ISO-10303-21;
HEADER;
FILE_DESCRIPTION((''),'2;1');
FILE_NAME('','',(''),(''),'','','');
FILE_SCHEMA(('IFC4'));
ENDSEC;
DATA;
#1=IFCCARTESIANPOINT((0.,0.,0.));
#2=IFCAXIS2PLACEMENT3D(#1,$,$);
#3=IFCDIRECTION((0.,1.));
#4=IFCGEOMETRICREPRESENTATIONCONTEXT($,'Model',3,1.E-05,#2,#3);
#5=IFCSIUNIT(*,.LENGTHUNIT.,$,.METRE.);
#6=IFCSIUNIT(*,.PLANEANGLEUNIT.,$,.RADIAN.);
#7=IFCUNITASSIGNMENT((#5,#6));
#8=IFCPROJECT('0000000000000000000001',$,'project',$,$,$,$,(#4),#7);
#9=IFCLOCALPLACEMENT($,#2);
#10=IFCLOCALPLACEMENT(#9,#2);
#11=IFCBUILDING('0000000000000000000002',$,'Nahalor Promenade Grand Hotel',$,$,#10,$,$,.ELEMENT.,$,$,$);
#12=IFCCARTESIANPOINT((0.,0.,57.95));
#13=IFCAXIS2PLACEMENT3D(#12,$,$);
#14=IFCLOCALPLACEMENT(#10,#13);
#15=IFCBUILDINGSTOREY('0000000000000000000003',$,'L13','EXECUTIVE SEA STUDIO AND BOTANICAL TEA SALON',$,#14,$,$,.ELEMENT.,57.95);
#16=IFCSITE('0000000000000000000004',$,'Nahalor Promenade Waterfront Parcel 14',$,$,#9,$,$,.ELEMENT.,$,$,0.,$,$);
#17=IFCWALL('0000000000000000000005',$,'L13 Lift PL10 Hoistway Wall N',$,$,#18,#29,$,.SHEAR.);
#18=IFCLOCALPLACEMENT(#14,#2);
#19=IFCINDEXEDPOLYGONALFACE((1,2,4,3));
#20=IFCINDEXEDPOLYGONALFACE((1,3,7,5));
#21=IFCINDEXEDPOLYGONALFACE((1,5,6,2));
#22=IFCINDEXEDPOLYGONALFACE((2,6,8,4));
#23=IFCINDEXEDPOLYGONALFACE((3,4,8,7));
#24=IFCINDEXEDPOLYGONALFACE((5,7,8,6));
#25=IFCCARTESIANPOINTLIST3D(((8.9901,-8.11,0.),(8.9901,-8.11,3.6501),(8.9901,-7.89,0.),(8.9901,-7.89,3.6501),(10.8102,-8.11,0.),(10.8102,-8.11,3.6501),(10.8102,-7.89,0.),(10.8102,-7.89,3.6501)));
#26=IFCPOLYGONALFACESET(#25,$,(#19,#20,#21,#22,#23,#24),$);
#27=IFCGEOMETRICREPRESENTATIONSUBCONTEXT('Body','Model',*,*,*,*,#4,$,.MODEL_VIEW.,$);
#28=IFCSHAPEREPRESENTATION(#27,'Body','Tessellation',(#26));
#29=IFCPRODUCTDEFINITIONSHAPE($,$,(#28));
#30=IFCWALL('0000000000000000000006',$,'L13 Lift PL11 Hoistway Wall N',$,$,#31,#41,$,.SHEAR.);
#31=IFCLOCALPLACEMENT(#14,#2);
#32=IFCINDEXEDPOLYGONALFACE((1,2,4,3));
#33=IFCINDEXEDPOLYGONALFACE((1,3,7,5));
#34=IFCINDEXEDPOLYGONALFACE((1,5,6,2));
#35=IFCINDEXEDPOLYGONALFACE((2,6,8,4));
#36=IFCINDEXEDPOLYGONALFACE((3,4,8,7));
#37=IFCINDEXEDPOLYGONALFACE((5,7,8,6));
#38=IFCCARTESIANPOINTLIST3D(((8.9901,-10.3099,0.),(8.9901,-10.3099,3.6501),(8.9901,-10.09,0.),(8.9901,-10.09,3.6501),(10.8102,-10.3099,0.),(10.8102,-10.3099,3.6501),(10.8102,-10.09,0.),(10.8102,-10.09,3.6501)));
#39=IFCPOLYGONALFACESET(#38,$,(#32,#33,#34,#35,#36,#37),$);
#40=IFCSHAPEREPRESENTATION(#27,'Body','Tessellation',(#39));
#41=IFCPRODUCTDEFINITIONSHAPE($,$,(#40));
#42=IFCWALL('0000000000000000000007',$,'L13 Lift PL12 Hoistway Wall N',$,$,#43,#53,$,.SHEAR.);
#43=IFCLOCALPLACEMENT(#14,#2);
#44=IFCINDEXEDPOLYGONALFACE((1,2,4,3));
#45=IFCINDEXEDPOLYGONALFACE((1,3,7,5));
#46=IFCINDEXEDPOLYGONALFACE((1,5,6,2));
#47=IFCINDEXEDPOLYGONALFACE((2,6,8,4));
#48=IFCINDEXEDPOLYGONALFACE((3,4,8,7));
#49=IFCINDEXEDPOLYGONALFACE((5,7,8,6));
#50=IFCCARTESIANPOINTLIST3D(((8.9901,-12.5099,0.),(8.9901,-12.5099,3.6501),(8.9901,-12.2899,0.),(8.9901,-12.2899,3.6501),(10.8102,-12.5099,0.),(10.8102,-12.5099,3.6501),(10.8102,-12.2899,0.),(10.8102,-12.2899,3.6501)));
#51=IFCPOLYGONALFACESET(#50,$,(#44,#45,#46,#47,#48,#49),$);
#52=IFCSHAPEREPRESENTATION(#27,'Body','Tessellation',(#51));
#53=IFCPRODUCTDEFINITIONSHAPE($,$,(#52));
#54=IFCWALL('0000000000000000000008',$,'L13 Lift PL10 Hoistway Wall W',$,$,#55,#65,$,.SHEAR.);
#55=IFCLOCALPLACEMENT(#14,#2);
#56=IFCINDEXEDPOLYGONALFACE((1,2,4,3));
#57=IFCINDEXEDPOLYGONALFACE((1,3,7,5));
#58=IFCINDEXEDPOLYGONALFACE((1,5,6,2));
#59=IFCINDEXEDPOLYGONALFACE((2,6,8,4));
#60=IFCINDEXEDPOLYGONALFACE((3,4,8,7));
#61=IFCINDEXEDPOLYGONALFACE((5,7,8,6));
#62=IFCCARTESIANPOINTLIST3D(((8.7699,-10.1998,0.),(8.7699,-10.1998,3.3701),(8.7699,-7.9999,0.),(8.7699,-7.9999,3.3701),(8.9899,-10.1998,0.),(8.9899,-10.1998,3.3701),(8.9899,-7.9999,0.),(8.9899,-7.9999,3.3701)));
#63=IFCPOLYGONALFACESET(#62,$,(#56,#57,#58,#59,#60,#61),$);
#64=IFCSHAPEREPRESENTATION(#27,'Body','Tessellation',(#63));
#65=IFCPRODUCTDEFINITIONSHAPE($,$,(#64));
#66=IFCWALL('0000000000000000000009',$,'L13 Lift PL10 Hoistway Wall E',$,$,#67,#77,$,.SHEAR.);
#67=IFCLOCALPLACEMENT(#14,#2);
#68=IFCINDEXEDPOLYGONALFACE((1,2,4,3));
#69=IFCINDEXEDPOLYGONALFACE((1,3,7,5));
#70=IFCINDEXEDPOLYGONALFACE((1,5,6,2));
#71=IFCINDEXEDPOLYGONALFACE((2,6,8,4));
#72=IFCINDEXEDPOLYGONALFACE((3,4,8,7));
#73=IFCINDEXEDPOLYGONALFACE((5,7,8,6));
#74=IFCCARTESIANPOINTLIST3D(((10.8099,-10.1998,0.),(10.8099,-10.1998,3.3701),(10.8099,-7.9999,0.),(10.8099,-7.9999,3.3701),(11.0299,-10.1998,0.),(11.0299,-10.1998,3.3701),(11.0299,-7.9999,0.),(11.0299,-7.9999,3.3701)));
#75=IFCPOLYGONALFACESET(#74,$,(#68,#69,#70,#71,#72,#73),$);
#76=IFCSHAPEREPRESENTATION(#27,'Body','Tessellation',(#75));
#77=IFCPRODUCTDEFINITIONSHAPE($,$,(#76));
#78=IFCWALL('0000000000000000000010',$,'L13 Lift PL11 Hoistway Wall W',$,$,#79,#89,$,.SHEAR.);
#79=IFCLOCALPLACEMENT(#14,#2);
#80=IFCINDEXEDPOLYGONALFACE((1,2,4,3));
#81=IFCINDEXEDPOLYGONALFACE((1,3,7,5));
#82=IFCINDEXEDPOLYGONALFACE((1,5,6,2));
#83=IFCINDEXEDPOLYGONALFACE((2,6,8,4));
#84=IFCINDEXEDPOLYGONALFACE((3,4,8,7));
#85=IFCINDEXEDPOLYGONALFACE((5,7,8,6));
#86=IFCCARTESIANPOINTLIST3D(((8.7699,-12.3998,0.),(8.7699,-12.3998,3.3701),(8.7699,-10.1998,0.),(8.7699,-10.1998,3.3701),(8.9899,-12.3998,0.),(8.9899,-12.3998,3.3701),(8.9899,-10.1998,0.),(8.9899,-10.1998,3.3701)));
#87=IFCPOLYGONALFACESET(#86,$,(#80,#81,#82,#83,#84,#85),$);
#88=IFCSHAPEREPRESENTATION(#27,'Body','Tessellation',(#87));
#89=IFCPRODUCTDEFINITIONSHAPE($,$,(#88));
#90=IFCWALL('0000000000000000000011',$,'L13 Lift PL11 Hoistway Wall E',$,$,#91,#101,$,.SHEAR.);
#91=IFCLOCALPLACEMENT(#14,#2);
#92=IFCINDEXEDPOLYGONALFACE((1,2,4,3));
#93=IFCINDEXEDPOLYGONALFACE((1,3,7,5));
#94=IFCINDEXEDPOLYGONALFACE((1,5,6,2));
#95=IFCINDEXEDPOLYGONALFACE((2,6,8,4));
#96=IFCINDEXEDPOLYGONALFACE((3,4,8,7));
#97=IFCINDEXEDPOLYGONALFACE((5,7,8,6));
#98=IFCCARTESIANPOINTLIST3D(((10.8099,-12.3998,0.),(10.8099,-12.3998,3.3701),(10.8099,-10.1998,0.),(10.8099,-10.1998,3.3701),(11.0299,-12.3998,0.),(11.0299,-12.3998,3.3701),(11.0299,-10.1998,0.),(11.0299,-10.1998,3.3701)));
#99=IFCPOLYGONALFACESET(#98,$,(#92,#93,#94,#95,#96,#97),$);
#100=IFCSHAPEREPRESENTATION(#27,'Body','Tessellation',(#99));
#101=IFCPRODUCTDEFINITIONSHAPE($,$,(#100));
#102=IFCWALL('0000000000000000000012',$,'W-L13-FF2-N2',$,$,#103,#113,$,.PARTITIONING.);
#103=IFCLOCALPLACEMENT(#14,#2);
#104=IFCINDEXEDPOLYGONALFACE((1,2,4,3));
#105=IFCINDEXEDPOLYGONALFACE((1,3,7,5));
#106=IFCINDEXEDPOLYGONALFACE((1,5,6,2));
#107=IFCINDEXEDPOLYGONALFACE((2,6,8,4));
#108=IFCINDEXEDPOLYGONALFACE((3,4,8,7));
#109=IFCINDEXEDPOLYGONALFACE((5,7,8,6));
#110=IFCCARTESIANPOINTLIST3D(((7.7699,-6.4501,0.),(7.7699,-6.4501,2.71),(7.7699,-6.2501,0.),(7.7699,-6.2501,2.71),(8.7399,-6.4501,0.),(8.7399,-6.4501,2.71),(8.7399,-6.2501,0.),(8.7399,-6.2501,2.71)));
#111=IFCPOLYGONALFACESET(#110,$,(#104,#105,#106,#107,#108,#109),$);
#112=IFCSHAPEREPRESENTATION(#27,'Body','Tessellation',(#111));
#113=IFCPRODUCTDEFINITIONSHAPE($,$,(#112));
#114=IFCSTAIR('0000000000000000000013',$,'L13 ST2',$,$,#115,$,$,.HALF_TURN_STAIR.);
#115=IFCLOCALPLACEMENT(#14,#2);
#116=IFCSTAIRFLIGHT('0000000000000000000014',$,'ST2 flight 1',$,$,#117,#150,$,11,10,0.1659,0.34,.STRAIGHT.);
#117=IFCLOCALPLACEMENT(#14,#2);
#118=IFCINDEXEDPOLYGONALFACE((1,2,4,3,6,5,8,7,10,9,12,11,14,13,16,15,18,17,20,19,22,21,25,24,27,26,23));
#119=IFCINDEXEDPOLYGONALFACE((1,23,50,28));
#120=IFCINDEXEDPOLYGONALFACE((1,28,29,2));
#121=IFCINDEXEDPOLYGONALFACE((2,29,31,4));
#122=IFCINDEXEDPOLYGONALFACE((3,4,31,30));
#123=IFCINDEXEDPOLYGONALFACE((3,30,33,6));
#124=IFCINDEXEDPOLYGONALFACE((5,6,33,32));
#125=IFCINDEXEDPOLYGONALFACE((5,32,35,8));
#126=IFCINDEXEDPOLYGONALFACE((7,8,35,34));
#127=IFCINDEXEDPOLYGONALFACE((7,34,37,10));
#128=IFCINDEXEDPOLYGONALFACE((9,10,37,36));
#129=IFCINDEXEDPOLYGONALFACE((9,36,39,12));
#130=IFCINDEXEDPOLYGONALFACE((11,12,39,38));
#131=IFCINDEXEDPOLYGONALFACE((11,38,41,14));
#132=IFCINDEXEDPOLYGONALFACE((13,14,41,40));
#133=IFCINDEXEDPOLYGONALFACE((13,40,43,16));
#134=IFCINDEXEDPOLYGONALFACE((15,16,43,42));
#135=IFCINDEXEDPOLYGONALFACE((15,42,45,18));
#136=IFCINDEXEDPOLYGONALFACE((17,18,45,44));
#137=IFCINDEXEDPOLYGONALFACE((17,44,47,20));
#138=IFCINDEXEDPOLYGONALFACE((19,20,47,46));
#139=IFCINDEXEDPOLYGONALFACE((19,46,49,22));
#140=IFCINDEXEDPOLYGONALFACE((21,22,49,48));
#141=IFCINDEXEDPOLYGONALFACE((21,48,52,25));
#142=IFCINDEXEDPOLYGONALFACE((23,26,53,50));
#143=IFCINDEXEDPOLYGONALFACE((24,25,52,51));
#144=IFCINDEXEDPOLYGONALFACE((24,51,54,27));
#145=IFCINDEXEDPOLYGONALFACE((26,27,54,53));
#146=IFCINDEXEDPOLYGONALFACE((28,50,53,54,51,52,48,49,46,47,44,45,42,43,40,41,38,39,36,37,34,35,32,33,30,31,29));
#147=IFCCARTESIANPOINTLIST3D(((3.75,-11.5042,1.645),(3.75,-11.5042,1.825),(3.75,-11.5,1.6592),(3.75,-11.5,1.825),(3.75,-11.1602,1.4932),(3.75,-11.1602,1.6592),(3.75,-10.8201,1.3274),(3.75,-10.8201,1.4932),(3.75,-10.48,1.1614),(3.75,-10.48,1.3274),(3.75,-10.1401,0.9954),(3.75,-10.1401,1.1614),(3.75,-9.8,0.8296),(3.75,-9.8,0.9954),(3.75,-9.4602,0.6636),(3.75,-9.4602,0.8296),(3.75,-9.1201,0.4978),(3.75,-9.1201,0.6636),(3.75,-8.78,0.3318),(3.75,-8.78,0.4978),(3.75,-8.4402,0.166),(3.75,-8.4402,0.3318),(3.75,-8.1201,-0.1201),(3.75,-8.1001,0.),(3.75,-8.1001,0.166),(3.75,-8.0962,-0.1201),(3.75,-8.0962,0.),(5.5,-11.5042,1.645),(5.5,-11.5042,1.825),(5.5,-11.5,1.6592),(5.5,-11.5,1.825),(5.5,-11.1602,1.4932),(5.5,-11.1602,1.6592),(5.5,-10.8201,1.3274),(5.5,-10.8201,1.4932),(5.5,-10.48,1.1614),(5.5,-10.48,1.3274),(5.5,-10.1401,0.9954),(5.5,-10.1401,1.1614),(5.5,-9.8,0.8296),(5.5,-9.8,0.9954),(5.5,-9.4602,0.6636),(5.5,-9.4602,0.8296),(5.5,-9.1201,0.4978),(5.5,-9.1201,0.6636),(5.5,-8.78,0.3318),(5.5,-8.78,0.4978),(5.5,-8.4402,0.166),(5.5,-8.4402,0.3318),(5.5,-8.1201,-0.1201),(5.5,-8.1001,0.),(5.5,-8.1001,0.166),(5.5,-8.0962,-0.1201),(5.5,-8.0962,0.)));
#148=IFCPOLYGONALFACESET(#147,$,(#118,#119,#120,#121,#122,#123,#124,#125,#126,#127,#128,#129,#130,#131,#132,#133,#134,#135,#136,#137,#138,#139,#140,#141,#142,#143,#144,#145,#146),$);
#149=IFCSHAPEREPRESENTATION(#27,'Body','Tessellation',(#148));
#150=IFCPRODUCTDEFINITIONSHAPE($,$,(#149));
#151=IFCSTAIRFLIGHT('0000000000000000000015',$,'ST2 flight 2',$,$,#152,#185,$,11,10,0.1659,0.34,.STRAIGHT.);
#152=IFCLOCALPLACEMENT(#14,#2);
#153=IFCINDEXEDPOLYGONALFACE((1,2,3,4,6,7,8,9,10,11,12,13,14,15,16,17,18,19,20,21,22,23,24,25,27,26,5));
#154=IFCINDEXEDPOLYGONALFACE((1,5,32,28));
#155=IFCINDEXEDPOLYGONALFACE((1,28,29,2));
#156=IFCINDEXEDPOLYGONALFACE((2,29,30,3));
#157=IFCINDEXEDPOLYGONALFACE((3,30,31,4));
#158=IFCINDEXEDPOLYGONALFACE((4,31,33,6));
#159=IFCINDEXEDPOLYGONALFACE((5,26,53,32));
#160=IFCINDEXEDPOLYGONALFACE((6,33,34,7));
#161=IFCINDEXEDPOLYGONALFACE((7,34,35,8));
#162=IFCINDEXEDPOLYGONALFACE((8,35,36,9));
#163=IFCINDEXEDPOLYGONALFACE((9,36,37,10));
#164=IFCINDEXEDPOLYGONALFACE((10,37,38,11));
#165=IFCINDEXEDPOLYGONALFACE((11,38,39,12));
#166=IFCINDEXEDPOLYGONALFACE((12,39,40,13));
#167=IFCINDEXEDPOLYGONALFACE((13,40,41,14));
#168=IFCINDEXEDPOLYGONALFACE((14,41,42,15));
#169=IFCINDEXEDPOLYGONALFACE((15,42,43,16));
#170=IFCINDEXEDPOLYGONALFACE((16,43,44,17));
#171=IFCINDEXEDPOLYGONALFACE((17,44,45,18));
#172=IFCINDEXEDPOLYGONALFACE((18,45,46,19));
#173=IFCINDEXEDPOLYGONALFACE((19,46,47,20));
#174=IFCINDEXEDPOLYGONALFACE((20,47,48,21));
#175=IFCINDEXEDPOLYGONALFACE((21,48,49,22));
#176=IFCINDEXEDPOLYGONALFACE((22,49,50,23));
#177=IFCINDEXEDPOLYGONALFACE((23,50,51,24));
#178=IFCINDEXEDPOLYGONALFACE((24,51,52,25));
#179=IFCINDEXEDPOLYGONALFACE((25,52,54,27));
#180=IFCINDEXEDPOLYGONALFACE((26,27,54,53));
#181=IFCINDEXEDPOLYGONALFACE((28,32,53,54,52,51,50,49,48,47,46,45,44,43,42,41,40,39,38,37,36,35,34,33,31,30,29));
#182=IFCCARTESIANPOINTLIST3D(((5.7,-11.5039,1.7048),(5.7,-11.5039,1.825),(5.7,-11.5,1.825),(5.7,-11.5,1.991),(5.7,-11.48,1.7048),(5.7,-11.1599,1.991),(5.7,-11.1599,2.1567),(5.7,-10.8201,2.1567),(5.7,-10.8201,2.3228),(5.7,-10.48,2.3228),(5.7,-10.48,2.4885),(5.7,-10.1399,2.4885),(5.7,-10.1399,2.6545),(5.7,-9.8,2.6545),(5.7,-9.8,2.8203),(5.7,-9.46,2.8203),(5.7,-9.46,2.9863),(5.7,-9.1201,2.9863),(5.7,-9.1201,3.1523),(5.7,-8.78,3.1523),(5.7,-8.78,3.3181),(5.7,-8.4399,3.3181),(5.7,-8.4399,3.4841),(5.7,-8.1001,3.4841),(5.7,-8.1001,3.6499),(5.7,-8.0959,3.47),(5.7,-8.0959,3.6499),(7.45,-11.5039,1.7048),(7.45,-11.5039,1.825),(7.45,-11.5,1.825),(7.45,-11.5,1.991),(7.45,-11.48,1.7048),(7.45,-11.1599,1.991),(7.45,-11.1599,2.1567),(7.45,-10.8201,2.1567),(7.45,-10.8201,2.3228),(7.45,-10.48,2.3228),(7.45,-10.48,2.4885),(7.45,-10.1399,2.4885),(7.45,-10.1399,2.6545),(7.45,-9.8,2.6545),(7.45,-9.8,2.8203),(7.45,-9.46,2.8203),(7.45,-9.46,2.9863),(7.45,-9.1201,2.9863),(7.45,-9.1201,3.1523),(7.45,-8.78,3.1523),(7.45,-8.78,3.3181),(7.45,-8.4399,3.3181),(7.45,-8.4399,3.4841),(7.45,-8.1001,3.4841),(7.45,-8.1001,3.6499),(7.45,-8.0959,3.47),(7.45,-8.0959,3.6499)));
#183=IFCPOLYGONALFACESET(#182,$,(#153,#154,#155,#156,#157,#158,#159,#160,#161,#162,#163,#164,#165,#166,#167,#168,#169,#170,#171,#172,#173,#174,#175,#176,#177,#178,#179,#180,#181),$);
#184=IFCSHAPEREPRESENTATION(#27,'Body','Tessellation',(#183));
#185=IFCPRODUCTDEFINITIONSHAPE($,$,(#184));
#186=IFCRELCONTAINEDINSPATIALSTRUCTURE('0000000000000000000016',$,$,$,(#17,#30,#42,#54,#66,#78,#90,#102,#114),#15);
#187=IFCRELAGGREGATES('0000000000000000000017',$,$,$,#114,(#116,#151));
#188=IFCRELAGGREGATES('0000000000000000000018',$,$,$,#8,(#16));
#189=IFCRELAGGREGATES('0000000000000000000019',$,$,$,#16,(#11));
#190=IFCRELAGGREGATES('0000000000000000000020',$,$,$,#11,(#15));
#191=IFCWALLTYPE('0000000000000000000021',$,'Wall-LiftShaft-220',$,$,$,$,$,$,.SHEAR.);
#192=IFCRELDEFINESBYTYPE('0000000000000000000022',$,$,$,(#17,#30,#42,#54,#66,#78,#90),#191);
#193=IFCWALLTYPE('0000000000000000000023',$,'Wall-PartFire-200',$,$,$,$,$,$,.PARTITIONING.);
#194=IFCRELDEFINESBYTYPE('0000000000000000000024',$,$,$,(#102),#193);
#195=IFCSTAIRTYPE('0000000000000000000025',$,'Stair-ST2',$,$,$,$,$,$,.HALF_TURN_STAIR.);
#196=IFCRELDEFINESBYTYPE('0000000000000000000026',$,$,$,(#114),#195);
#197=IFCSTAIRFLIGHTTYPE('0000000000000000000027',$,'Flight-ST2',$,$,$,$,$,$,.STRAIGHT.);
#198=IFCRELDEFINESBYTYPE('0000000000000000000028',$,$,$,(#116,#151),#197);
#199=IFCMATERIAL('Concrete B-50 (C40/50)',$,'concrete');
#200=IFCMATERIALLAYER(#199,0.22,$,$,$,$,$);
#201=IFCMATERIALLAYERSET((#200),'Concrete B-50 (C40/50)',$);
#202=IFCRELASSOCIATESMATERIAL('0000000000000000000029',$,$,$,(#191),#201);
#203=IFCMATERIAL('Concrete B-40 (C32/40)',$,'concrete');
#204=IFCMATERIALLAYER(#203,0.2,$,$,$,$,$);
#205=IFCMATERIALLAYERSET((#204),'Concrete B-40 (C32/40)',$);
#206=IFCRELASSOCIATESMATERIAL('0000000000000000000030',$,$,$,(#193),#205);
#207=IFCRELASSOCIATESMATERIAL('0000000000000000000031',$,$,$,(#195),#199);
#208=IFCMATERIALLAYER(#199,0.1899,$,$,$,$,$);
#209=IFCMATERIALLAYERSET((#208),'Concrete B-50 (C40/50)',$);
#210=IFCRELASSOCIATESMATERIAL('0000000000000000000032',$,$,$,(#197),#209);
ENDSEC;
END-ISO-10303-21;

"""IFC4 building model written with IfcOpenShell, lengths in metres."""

from ifc_helpers import new_model, si_unit, direction, frame, frame_2d, origin, place, context, subcontext, project, spatial, polyline, rectangle, outline, extrude, source, transform, mapped, material, layer, layer_set, type_object, element, aggregate, save


model = new_model("IFC4")

# Units and contexts
model_context = context("Model", 3, precision=1e-05, world=origin(), true_north=direction((0.0, 1.0)))
body_context = subcontext(model_context, "Body", "Model", "MODEL_VIEW")
ifc_project = project(units=[si_unit("LENGTHUNIT", "METRE"), si_unit("PLANEANGLEUNIT", "RADIAN")], contexts=[model_context])

# Site, building, storey
site_placement = place(None, origin())
site = spatial("IfcSite", under=ifc_project, at=site_placement, Name="Nahalor Promenade Waterfront Parcel 14", CompositionType="ELEMENT", RefElevation=0.0)
building_placement = place(site_placement, origin())
building = spatial("IfcBuilding", under=site, at=building_placement, Name="Nahalor Promenade Grand Hotel", CompositionType="ELEMENT")
storey_placement = place(building_placement, frame((0.0, 0.0, 57.95)))
storey = spatial("IfcBuildingStorey", under=building, at=storey_placement, Name="L13", Description="EXECUTIVE SEA STUDIO AND BOTANICAL TEA SALON", CompositionType="ELEMENT", Elevation=57.95)

# Walls
ifc_material_1 = material(Name="Concrete B-50 (C40/50)", Category="concrete")
ifc_layer_1 = layer(ifc_material_1, 0.22)
ifc_layer_set_1 = layer_set([ifc_layer_1], Name="Concrete B-50 (C40/50)")
wall_type_1 = type_object("IfcWallType", Name="Wall-LiftShaft-220", PredefinedType="SHEAR", material=ifc_layer_set_1)
shared_shape_1 = source(origin(), body_context, "Body", "SweptSolid", [
    extrude(rectangle(XDim=1.8201, YDim=0.22, at=frame_2d((0.9102, 0.0))), origin(), (0.0, 0.0, 1.0), 3.6501),
])
for number, where, z_axis, x_axis, name in (
    (1, (8.99, -8.0, 0.0), (0.0, 0.0, 1.0), (1.0, 0.0, 0.0), "L13 Lift PL10 Hoistway Wall N"),
    (2, (8.99, -10.2, 0.0), (0.0, 0.0, 1.0), (1.0, 0.0, 0.0), "L13 Lift PL11 Hoistway Wall N"),
    (3, (8.99, -12.3999, 0.0), (0.0, 0.0, 1.0), (1.0, 0.0, 0.0), "L13 Lift PL12 Hoistway Wall N"),
):
    element("IfcWall", number, at=place(storey_placement, frame(where, z_axis=z_axis, x_axis=x_axis)), inside=storey, type_object=wall_type_1, Name=name, PredefinedType="SHEAR", context=body_context, shape_type="MappedRepresentation", body=[
        mapped(shared_shape_1, transform((0.0, 0.0, 0.0), scale=1.0)),
    ])
shared_shape_2 = source(origin(), body_context, "Body", "SweptSolid", [
    extrude(rectangle(XDim=2.2, YDim=0.22, at=frame_2d((1.1001, 0.0))), origin(), (0.0, 0.0, 1.0), 3.3701),
])
for number, where, z_axis, x_axis, name in (
    (4, (8.8799, -10.2, 0.0), (0.0, 0.0, 1.0), (0.0, 1.0, 0.0), "L13 Lift PL10 Hoistway Wall W"),
    (5, (10.9199, -10.2, 0.0), (0.0, 0.0, 1.0), (0.0, 1.0, 0.0), "L13 Lift PL10 Hoistway Wall E"),
    (6, (8.8799, -12.3999, 0.0), (0.0, 0.0, 1.0), (0.0, 1.0, 0.0), "L13 Lift PL11 Hoistway Wall W"),
    (7, (10.9199, -12.3999, 0.0), (0.0, 0.0, 1.0), (0.0, 1.0, 0.0), "L13 Lift PL11 Hoistway Wall E"),
):
    element("IfcWall", number, at=place(storey_placement, frame(where, z_axis=z_axis, x_axis=x_axis)), inside=storey, type_object=wall_type_1, Name=name, PredefinedType="SHEAR", context=body_context, shape_type="MappedRepresentation", body=[
        mapped(shared_shape_2, transform((0.0, 0.0, 0.0), scale=1.0)),
    ])
ifc_material_2 = material(Name="Concrete B-40 (C32/40)", Category="concrete")
ifc_layer_2 = layer(ifc_material_2, 0.2)
ifc_layer_set_2 = layer_set([ifc_layer_2], Name="Concrete B-40 (C32/40)")
wall_type_2 = type_object("IfcWallType", Name="Wall-PartFire-200", PredefinedType="PARTITIONING", material=ifc_layer_set_2)
shared_shape_3 = source(origin(), body_context, "Body", "SweptSolid", [
    extrude(rectangle(XDim=0.97, YDim=0.2, at=frame_2d((0.4849, 0.0))), origin(), (0.0, 0.0, 1.0), 2.71),
])
wall_1_placement = place(storey_placement, frame((7.77, -6.3501, 0.0), z_axis=(0.0, 0.0, 1.0), x_axis=(1.0, 0.0, 0.0)))
element("IfcWall", 8, at=wall_1_placement, inside=storey, type_object=wall_type_2, Name="W-L13-FF2-N2", PredefinedType="PARTITIONING", context=body_context, shape_type="MappedRepresentation", body=[
    mapped(shared_shape_3, transform((0.0, 0.0, 0.0), scale=1.0)),
])

# Stair, stair flights
stair_type = type_object("IfcStairType", Name="Stair-ST2", PredefinedType="HALF_TURN_STAIR", material=ifc_material_1)
stair_placement = place(storey_placement, origin())
stair = element("IfcStair", 9, at=stair_placement, inside=storey, type_object=stair_type, Name="L13 ST2", PredefinedType="HALF_TURN_STAIR")
ifc_layer_3 = layer(ifc_material_1, 0.1899)
ifc_layer_set_3 = layer_set([ifc_layer_3], Name="Concrete B-50 (C40/50)")
stair_flight_type = type_object("IfcStairFlightType", Name="Flight-ST2", PredefinedType="STRAIGHT", material=ifc_layer_set_3)
shared_shape_4 = source(origin(), body_context, "Body", "SweptSolid", [
    extrude(outline(polyline([(-0.0039, -0.1201), (-0.0039, 0.0), (0.0, 0.0), (0.0, 0.166), (0.3401, 0.166), (0.3401, 0.3318), (0.6799, 0.3318), (0.6799, 0.4978), (1.02, 0.4978), (1.02, 0.6636), (1.3601, 0.6636), (1.3601, 0.8296), (1.7, 0.8296), (1.7, 0.9954), (2.04, 0.9954), (2.04, 1.1614), (2.3799, 1.1614), (2.3799, 1.3274), (2.72, 1.3274), (2.72, 1.4932), (3.0601, 1.4932), (3.0601, 1.6592), (3.3999, 1.6592), (3.3999, 1.825), (3.4041, 1.825), (3.4041, 1.645), (0.02, -0.1201), (-0.0039, -0.1201)])), frame((0.0, 0.875, 0.0), z_axis=(0.0, -1.0, 0.0), x_axis=(1.0, 0.0, 0.0)), (0.0, 0.0, 1.0), 1.75),
])
stair_flight_1_placement = place(storey_placement, frame((4.625, -8.1001, 0.0), z_axis=(0.0, 0.0, 1.0), x_axis=(0.0, -1.0, 0.0)))
stair_flight_1 = element("IfcStairFlight", 10, at=stair_flight_1_placement, type_object=stair_flight_type, Name="ST2 flight 1", NumberOfRisers=11, NumberOfTreads=10, PredefinedType="STRAIGHT", RiserHeight=0.1659, TreadLength=0.34, context=body_context, shape_type="MappedRepresentation", body=[
    mapped(shared_shape_4, transform((0.0, 0.0, 0.0), scale=1.0)),
])
stair_flight_2_placement = place(storey_placement, frame((6.575, -11.5, 1.825), z_axis=(0.0, 0.0, 1.0), x_axis=(0.0, 1.0, 0.0)))
stair_flight_2 = element("IfcStairFlight", 11, at=stair_flight_2_placement, type_object=stair_flight_type, Name="ST2 flight 2", NumberOfRisers=11, NumberOfTreads=10, PredefinedType="STRAIGHT", RiserHeight=0.1659, TreadLength=0.34, context=body_context, shape_type="MappedRepresentation", body=[
    mapped(shared_shape_4, transform((0.0, 0.0, 0.0), scale=1.0)),
])
aggregate(stair, [stair_flight_1, stair_flight_2])

save(model, "model.ifc")
